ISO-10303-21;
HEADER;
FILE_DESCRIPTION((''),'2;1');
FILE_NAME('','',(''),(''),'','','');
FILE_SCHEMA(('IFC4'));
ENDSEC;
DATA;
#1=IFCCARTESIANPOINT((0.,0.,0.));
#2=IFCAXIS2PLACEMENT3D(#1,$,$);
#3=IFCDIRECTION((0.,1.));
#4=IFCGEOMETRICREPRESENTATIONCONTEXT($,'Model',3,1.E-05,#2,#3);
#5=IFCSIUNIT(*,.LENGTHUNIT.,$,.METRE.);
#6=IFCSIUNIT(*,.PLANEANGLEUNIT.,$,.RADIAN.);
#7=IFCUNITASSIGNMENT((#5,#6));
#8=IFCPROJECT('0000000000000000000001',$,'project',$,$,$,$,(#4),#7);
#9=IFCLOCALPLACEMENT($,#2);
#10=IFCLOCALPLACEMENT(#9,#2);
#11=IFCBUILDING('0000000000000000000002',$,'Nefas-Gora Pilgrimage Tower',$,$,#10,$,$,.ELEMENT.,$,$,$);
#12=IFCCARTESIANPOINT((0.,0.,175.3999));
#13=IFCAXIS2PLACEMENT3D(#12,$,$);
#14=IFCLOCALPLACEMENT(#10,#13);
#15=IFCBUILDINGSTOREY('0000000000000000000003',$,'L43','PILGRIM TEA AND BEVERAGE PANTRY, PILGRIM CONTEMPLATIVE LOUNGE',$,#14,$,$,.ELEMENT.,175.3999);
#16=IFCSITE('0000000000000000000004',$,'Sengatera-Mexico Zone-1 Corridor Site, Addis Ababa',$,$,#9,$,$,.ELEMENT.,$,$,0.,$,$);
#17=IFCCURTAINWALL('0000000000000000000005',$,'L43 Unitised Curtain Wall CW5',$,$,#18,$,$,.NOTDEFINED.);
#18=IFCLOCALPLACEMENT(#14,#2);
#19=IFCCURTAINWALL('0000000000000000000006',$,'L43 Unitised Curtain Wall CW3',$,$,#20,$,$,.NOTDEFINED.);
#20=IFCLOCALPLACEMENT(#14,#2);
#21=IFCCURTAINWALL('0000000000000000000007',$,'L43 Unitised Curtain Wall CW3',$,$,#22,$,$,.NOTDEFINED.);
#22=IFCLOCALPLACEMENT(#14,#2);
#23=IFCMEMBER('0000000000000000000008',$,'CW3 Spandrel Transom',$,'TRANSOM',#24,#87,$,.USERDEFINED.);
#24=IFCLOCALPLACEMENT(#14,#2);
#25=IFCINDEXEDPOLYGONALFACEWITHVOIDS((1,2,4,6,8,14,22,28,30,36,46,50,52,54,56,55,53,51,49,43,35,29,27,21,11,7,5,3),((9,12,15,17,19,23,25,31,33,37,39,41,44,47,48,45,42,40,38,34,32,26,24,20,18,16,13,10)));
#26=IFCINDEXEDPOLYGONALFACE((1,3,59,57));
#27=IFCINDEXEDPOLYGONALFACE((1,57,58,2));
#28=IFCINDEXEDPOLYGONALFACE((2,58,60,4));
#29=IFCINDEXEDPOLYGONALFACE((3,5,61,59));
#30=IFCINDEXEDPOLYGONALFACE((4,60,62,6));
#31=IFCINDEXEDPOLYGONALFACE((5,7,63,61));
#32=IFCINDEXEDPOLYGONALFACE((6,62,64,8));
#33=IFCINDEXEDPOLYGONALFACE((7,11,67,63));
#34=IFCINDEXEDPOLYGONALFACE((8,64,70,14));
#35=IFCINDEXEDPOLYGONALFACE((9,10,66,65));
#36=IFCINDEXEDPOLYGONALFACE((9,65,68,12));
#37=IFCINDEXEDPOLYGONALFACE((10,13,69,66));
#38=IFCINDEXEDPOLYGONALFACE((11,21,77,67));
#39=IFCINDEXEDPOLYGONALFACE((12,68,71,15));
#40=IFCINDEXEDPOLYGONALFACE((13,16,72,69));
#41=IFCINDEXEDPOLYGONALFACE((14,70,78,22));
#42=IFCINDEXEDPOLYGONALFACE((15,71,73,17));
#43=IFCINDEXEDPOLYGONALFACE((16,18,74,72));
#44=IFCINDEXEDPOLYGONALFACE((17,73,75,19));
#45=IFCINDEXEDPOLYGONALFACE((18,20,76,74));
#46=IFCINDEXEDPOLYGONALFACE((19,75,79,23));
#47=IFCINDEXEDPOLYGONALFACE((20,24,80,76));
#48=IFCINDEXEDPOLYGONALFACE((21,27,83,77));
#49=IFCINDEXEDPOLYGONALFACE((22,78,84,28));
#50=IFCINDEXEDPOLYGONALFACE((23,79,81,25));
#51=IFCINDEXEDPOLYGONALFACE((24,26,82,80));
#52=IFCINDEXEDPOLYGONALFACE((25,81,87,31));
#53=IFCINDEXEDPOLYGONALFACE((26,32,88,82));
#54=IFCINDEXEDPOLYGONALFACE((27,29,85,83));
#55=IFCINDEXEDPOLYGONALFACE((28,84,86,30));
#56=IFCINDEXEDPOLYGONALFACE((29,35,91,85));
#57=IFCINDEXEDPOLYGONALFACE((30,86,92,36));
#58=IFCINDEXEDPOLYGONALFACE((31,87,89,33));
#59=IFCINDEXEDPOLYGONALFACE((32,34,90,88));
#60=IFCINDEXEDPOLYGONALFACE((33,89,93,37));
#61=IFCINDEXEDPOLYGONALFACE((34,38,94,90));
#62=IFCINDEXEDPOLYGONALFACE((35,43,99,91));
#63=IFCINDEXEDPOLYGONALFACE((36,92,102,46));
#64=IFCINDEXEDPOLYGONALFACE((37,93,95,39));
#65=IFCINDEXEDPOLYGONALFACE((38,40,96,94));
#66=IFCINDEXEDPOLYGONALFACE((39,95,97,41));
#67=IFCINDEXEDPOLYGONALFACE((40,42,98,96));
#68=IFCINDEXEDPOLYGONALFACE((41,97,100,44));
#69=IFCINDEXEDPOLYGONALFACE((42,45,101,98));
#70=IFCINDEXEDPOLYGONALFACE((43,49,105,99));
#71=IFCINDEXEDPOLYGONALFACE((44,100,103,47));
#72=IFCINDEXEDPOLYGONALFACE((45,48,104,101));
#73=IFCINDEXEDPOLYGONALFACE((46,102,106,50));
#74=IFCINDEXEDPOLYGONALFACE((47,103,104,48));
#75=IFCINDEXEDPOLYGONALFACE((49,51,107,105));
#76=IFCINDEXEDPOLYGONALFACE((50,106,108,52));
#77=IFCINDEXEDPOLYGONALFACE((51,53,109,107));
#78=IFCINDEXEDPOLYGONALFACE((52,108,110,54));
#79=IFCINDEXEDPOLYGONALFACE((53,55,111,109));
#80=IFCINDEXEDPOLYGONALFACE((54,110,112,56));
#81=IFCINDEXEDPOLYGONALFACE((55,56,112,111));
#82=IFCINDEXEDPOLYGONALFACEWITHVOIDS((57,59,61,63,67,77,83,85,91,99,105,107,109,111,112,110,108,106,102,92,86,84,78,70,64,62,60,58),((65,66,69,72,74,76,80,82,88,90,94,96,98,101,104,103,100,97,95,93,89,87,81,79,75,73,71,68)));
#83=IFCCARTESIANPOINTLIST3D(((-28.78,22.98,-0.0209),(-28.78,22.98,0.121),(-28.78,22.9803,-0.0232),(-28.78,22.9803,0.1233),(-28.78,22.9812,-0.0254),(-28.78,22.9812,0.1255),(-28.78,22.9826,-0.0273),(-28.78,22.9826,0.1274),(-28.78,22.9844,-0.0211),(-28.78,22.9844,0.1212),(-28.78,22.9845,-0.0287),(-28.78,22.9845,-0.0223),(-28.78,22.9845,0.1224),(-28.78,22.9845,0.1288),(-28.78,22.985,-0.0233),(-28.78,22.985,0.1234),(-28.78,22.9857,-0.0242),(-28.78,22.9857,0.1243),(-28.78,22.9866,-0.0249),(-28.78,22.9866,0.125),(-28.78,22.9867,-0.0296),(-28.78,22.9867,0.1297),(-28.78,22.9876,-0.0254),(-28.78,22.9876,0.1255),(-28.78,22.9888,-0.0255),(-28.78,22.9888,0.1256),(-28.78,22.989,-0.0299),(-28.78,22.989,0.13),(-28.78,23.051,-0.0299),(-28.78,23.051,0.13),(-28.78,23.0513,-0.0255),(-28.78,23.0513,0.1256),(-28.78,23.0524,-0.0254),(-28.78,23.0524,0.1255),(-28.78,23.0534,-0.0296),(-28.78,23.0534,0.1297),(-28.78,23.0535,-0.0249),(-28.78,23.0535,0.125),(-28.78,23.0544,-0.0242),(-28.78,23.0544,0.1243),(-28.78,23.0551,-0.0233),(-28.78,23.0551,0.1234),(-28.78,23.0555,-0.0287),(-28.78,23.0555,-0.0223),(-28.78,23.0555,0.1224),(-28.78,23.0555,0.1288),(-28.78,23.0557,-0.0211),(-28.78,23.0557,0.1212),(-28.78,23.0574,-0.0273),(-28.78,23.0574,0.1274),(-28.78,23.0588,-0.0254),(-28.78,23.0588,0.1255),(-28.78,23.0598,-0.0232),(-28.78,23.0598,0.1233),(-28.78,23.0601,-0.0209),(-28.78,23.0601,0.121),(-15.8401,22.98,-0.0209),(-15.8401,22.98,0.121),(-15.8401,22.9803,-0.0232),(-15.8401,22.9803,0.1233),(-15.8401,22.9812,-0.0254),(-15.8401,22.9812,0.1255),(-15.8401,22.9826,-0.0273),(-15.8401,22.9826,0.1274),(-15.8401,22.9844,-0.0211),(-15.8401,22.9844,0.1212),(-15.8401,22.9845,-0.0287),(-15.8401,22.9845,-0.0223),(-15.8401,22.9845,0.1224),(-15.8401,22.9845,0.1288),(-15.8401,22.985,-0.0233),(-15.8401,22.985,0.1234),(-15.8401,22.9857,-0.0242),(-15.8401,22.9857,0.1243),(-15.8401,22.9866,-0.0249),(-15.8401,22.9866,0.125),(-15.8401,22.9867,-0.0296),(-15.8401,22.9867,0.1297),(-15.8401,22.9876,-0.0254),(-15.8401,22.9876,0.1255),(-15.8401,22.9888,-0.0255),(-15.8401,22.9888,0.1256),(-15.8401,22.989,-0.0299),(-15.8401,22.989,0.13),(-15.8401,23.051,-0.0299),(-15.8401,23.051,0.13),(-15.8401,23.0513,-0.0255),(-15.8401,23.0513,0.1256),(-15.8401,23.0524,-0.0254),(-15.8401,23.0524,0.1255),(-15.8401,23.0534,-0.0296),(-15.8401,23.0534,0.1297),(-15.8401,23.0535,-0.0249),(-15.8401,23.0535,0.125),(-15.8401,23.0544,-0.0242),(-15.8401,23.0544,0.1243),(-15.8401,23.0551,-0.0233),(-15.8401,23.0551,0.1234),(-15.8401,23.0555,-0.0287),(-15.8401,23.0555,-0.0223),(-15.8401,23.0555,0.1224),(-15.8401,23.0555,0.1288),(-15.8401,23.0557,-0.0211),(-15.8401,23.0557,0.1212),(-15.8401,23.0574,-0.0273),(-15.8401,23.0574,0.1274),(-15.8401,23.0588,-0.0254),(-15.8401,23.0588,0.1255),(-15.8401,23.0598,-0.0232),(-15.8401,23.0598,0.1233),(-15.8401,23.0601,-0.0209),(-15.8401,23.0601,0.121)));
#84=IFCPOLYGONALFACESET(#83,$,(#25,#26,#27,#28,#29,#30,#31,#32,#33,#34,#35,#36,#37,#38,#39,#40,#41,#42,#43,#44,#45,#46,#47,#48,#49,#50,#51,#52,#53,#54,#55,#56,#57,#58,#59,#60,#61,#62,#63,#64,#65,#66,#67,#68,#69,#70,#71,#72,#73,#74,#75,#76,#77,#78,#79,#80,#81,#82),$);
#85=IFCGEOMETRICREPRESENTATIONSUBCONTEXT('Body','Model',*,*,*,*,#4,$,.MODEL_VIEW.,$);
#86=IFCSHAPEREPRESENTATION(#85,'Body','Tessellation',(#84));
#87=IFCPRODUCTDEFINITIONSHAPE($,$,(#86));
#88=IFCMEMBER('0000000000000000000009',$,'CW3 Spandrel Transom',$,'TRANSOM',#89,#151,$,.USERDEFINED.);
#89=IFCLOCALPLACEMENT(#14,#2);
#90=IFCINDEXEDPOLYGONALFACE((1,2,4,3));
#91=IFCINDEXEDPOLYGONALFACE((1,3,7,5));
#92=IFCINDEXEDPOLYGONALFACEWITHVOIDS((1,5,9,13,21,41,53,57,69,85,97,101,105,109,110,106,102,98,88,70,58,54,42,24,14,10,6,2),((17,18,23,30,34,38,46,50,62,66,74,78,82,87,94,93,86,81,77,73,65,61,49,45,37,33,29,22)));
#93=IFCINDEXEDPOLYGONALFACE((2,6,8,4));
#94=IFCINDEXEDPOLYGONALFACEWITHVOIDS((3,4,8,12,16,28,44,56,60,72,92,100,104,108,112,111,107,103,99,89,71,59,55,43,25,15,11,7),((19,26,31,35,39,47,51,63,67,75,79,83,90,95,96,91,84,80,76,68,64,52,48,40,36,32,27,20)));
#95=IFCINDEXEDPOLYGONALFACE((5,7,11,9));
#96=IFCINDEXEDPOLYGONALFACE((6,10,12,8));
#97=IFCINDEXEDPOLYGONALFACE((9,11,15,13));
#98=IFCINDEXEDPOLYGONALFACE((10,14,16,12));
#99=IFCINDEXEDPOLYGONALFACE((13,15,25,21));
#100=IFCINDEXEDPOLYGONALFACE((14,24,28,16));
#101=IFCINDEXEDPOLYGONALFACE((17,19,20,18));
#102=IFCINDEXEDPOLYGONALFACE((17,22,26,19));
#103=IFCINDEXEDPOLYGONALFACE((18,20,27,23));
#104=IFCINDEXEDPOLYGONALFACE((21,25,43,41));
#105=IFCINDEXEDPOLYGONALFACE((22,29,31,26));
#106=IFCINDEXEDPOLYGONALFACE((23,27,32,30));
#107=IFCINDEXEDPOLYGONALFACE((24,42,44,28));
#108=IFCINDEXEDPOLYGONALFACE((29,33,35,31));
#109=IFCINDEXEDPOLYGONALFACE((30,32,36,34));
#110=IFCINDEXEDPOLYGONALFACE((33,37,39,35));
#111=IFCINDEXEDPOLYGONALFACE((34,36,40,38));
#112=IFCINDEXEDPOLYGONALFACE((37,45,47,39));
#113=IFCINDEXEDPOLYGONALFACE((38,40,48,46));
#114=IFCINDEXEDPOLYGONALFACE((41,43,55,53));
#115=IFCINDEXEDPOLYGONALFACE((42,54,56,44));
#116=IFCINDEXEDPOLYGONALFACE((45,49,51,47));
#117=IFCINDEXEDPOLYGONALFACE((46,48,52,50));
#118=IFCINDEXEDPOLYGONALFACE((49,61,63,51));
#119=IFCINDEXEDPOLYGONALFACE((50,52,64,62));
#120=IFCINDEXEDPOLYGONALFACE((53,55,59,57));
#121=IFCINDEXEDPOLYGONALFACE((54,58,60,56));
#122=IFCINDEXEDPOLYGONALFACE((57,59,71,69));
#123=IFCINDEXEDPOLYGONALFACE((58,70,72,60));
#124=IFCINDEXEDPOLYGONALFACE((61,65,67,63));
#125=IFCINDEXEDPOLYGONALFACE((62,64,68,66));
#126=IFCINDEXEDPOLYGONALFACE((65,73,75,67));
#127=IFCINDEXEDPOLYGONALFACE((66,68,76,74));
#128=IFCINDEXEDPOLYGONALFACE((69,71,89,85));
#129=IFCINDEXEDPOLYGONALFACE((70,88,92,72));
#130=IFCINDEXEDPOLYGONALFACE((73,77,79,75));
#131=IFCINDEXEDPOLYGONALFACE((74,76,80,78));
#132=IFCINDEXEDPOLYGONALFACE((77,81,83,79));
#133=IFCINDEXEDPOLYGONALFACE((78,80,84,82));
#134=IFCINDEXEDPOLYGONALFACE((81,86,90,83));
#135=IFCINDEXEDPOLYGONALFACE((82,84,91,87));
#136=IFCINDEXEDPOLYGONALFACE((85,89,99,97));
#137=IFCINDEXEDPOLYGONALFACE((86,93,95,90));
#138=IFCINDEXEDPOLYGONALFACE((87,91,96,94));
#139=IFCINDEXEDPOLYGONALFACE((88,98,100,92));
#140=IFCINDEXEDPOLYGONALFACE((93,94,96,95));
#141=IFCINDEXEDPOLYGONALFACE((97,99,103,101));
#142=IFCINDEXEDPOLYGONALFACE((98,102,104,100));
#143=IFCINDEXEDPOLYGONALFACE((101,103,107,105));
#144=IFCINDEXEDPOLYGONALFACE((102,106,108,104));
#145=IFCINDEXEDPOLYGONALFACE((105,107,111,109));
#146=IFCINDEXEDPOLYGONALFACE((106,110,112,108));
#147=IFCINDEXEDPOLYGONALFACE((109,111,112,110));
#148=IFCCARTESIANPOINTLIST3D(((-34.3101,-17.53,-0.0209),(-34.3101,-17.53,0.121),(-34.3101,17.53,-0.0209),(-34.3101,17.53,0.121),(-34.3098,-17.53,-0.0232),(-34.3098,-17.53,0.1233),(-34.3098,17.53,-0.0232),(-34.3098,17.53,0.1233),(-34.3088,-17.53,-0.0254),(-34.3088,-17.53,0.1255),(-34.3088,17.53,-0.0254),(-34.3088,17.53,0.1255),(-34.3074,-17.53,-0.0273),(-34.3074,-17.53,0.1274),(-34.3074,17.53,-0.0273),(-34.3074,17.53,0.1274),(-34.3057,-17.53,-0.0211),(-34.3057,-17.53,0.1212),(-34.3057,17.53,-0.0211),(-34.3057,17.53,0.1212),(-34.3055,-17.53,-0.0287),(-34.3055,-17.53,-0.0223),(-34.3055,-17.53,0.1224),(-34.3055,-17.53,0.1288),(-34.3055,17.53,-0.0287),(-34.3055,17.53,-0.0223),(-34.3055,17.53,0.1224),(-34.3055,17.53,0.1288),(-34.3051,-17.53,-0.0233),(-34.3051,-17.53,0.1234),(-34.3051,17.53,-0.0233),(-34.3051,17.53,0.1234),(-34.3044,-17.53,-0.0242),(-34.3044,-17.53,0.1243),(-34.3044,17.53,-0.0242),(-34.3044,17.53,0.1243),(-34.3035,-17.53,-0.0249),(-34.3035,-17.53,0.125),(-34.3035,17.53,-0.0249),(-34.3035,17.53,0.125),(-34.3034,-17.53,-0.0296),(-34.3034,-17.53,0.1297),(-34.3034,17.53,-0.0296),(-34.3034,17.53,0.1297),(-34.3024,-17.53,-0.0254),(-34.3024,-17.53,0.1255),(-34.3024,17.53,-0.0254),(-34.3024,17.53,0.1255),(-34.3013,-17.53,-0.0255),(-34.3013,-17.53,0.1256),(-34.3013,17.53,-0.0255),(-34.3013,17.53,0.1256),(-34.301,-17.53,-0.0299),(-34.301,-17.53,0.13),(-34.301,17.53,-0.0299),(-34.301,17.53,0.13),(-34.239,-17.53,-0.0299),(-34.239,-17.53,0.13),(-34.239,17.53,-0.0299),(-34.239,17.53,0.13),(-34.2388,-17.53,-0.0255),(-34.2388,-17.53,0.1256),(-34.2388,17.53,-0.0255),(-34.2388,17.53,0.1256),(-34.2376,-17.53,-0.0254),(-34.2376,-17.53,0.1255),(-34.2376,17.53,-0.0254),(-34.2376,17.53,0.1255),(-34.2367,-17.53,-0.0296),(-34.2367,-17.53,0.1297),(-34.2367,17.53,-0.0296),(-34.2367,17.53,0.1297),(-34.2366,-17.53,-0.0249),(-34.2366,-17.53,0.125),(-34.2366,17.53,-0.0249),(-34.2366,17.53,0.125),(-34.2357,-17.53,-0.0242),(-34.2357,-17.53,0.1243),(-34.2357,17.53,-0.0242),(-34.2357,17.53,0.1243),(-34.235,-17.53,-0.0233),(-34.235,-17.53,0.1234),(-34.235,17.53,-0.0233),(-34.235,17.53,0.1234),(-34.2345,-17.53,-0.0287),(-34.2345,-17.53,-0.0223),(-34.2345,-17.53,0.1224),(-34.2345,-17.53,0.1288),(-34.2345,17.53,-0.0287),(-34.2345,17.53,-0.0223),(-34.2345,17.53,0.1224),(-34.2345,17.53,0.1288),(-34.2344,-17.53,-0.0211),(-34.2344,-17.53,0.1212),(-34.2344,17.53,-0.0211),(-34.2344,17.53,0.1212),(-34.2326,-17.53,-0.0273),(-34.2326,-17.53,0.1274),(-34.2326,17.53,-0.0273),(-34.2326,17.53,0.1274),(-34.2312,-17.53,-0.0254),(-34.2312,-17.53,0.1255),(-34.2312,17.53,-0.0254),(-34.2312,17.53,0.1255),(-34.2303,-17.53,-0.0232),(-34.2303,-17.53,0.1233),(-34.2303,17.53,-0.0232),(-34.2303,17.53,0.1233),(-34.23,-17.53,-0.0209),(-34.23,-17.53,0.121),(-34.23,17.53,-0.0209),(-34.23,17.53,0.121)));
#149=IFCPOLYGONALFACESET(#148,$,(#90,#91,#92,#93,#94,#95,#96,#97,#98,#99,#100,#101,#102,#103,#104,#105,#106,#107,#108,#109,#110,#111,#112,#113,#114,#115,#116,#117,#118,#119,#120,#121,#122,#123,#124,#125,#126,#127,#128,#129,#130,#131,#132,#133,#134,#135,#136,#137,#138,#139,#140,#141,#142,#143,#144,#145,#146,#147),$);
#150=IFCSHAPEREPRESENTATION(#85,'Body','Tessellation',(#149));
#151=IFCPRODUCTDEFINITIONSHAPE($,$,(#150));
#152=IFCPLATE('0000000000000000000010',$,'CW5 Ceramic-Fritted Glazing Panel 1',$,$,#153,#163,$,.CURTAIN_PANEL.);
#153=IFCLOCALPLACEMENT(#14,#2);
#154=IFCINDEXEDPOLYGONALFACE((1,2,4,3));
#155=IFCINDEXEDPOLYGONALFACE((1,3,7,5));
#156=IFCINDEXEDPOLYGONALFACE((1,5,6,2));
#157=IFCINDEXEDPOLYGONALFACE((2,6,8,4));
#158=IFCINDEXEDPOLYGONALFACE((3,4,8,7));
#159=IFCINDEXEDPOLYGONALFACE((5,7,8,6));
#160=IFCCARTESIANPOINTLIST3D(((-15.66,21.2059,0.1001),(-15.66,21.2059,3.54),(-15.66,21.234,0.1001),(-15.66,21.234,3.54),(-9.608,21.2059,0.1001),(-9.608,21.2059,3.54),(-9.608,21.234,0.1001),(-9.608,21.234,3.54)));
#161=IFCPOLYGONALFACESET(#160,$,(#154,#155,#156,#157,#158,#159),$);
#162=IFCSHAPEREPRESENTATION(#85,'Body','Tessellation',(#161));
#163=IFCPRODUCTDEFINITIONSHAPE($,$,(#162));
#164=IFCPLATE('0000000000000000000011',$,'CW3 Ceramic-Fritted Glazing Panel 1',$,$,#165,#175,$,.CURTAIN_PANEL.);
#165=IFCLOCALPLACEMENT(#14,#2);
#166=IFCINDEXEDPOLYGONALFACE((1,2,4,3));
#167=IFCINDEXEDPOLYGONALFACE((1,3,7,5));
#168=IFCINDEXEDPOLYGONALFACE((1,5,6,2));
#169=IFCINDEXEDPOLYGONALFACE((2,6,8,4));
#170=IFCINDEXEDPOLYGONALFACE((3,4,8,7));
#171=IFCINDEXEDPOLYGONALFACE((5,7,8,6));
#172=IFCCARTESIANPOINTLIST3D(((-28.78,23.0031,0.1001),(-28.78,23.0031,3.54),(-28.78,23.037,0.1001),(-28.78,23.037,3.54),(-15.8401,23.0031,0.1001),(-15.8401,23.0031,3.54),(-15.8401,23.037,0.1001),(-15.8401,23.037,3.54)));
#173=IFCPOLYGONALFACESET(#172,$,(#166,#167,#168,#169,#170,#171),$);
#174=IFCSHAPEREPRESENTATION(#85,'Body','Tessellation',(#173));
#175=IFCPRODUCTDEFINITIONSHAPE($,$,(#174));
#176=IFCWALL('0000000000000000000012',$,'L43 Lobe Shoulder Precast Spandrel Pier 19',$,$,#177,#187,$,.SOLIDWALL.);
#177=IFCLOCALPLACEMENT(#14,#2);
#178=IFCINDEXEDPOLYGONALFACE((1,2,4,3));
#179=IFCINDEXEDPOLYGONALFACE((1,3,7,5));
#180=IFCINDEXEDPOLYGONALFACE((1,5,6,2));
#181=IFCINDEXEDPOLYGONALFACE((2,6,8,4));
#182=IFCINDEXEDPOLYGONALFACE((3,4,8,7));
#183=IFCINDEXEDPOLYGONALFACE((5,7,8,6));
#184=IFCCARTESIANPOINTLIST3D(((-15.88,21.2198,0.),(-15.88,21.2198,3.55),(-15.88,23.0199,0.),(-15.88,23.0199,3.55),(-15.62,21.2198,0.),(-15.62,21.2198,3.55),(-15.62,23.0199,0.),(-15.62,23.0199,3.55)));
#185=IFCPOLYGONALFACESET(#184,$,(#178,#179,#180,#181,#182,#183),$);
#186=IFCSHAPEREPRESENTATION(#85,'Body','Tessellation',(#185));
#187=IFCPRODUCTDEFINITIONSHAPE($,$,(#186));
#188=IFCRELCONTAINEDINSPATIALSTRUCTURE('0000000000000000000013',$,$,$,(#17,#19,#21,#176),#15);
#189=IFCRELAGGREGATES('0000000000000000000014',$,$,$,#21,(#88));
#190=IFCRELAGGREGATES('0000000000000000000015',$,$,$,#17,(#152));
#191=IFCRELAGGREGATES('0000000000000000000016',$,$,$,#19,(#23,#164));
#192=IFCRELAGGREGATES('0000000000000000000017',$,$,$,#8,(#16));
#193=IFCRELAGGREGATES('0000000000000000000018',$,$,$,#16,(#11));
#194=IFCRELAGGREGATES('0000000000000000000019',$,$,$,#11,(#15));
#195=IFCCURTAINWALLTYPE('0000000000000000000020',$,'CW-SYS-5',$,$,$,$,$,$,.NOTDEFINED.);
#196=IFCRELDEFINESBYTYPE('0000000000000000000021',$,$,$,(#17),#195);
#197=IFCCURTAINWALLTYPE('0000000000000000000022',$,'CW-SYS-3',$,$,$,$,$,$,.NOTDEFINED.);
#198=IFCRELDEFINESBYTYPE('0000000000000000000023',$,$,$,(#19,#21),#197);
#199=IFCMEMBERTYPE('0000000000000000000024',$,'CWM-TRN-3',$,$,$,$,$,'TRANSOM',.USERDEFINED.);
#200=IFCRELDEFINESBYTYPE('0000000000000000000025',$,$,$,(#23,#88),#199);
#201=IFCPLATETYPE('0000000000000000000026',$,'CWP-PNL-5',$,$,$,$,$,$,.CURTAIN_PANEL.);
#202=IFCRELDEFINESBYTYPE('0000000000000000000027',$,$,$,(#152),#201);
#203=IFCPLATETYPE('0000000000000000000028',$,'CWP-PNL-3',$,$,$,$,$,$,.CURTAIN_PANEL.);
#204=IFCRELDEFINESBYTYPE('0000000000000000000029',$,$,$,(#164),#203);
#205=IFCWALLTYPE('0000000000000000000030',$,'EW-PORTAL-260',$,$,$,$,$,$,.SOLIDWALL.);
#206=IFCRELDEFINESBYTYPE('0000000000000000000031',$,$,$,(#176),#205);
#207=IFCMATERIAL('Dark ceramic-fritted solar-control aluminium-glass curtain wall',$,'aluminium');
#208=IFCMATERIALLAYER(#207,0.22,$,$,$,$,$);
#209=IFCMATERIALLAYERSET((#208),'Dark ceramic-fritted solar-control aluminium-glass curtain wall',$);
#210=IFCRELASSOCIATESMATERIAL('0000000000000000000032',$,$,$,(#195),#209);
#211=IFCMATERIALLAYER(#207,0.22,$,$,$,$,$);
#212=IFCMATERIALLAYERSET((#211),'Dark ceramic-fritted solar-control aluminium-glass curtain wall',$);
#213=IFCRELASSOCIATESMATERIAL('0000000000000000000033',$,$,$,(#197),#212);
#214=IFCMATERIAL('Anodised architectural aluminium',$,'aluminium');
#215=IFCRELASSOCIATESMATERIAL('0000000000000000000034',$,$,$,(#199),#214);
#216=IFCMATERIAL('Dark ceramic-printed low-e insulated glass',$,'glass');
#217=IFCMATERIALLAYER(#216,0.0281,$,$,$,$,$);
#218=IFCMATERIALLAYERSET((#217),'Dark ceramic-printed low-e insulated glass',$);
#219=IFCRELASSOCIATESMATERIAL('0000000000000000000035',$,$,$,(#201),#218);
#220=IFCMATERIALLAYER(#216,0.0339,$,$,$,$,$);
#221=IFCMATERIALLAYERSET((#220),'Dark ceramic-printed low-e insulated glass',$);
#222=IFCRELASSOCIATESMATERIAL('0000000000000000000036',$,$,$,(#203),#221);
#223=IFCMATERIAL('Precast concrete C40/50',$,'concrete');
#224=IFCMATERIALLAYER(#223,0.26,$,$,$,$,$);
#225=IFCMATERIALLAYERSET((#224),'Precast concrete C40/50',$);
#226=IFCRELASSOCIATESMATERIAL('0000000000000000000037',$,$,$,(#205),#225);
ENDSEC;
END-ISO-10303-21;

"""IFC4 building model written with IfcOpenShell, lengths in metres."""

from ifc_helpers import new_model, si_unit, direction, frame, frame_2d, origin, origin_2d, place, context, subcontext, project, spatial, rectangle, hollow_rectangle, extrude, source, transform, mapped, material, layer, layer_set, material_profile, profile_set, type_object, element, aggregate, save


model = new_model("IFC4")

# Units and contexts
model_context = context("Model", 3, precision=1e-05, world=origin(), true_north=direction((0.0, 1.0)))
body_context = subcontext(model_context, "Body", "Model", "MODEL_VIEW")
ifc_project = project(units=[si_unit("LENGTHUNIT", "METRE"), si_unit("PLANEANGLEUNIT", "RADIAN")], contexts=[model_context])

# Site, building, storey
site_placement = place(None, origin())
site = spatial("IfcSite", under=ifc_project, at=site_placement, Name="Sengatera-Mexico Zone-1 Corridor Site, Addis Ababa", CompositionType="ELEMENT", RefElevation=0.0)
building_placement = place(site_placement, origin())
building = spatial("IfcBuilding", under=site, at=building_placement, Name="Nefas-Gora Pilgrimage Tower", CompositionType="ELEMENT")
storey_placement = place(building_placement, frame((0.0, 0.0, 175.3999)))
storey = spatial("IfcBuildingStorey", under=building, at=storey_placement, Name="L43", Description="PILGRIM TEA AND BEVERAGE PANTRY, PILGRIM CONTEMPLATIVE LOUNGE", CompositionType="ELEMENT", Elevation=175.3999)

# Curtain wall
ifc_material_1 = material(Name="Dark ceramic-fritted solar-control aluminium-glass curtain wall", Category="aluminium")
ifc_layer_1 = layer(ifc_material_1, 0.22)
ifc_layer_set_1 = layer_set([ifc_layer_1], Name="Dark ceramic-fritted solar-control aluminium-glass curtain wall")
curtain_wall_type_1 = type_object("IfcCurtainWallType", Name="CW-SYS-5", PredefinedType="NOTDEFINED", material=ifc_layer_set_1)
curtain_wall_1_placement = place(storey_placement, origin())
curtain_wall_1 = element("IfcCurtainWall", 1, at=curtain_wall_1_placement, inside=storey, type_object=curtain_wall_type_1, Name="L43 Unitised Curtain Wall CW5", PredefinedType="NOTDEFINED")
ifc_material_2 = material(Name="Anodised architectural aluminium", Category="aluminium")

# Curtain wall
ifc_layer_2 = layer(ifc_material_1, 0.22)
ifc_layer_set_2 = layer_set([ifc_layer_2], Name="Dark ceramic-fritted solar-control aluminium-glass curtain wall")
curtain_wall_type_2 = type_object("IfcCurtainWallType", Name="CW-SYS-3", PredefinedType="NOTDEFINED", material=ifc_layer_set_2)
curtain_wall_2_placement = place(storey_placement, origin())
curtain_wall_2 = element("IfcCurtainWall", 2, at=curtain_wall_2_placement, inside=storey, type_object=curtain_wall_type_2, Name="L43 Unitised Curtain Wall CW3", PredefinedType="NOTDEFINED")

# Curtain wall
curtain_wall_3_placement = place(storey_placement, origin())
curtain_wall_3 = element("IfcCurtainWall", 3, at=curtain_wall_3_placement, inside=storey, type_object=curtain_wall_type_2, Name="L43 Unitised Curtain Wall CW3", PredefinedType="NOTDEFINED")

# Members
ifc_material_profile_1 = material_profile(ifc_material_2, hollow_rectangle(XDim=0.0801, YDim=0.1599, WallThickness=0.0044, InnerFilletRadius=0.0044, OuterFilletRadius=0.009, at=origin_2d()), Name="ALU TRANSOM 80x160")
ifc_profile_set_1 = profile_set([ifc_material_profile_1], Name="Anodised architectural aluminium")
member_type_1 = type_object("IfcMemberType", Name="CWM-TRN-3", ElementType="TRANSOM", PredefinedType="USERDEFINED", material=ifc_profile_set_1)
shared_shape_1 = source(origin(), body_context, "Body", "SweptSolid", [
    extrude(hollow_rectangle(XDim=0.0801, YDim=0.1599, WallThickness=0.0044, InnerFilletRadius=0.0044, OuterFilletRadius=0.009, at=origin_2d()), origin(), (0.0, 0.0, 1.0), 12.9399),
])
member_1_placement = place(storey_placement, frame((-15.8401, 23.02, 0.05), z_axis=(-1.0, 0.0, 0.0), x_axis=(0.0, -1.0, 0.0)))
member_1 = element("IfcMember", 4, at=member_1_placement, type_object=member_type_1, Name="CW3 Spandrel Transom", ObjectType="TRANSOM", PredefinedType="USERDEFINED", context=body_context, shape_type="MappedRepresentation", body=[
    mapped(shared_shape_1, transform((0.0, 0.0, 0.0), x_axis=(1.0, 0.0, 0.0), y_axis=(0.0, 1.0, 0.0), z_axis=(0.0, 0.0, 1.0), scale=1.0)),
])
shared_shape_2 = source(origin(), body_context, "Body", "SweptSolid", [
    extrude(hollow_rectangle(XDim=0.0801, YDim=0.1599, WallThickness=0.0044, InnerFilletRadius=0.0044, OuterFilletRadius=0.009, at=origin_2d()), origin(), (0.0, 0.0, 1.0), 35.0601),
])
member_2_placement = place(storey_placement, frame((-34.27, 17.53, 0.05), z_axis=(0.0, -1.0, 0.0), x_axis=(1.0, 0.0, 0.0)))
member_2 = element("IfcMember", 5, at=member_2_placement, type_object=member_type_1, Name="CW3 Spandrel Transom", ObjectType="TRANSOM", PredefinedType="USERDEFINED", context=body_context, shape_type="MappedRepresentation", body=[
    mapped(shared_shape_2, transform((0.0, 0.0, 0.0), x_axis=(1.0, 0.0, 0.0), y_axis=(0.0, 1.0, 0.0), z_axis=(0.0, 0.0, 1.0), scale=1.0)),
])
aggregate(curtain_wall_3, [member_2])

# Plates
ifc_material_3 = material(Name="Dark ceramic-printed low-e insulated glass", Category="glass")
ifc_layer_3 = layer(ifc_material_3, 0.0281)
ifc_layer_set_3 = layer_set([ifc_layer_3], Name="Dark ceramic-printed low-e insulated glass")
plate_type_1 = type_object("IfcPlateType", Name="CWP-PNL-5", PredefinedType="CURTAIN_PANEL", material=ifc_layer_set_3)
shared_shape_3 = source(origin(), body_context, "Body", "SweptSolid", [
    extrude(rectangle(XDim=6.052, YDim=0.0281, at=origin_2d()), origin(), (0.0, 0.0, 1.0), 3.4399),
])
plate_1_placement = place(storey_placement, frame((-12.634, 21.22, 0.1001), z_axis=(0.0, 0.0, 1.0), x_axis=(-1.0, 0.0, 0.0)))
plate_1 = element("IfcPlate", 6, at=plate_1_placement, type_object=plate_type_1, Name="CW5 Ceramic-Fritted Glazing Panel 1", PredefinedType="CURTAIN_PANEL", context=body_context, shape_type="MappedRepresentation", body=[
    mapped(shared_shape_3, transform((0.0, 0.0, 0.0), x_axis=(1.0, 0.0, 0.0), y_axis=(0.0, 1.0, 0.0), z_axis=(0.0, 0.0, 1.0), scale=1.0)),
])
aggregate(curtain_wall_1, [plate_1])
ifc_layer_4 = layer(ifc_material_3, 0.0339)
ifc_layer_set_4 = layer_set([ifc_layer_4], Name="Dark ceramic-printed low-e insulated glass")
plate_type_2 = type_object("IfcPlateType", Name="CWP-PNL-3", PredefinedType="CURTAIN_PANEL", material=ifc_layer_set_4)
shared_shape_4 = source(origin(), body_context, "Body", "SweptSolid", [
    extrude(rectangle(XDim=12.9399, YDim=0.0339, at=origin_2d()), origin(), (0.0, 0.0, 1.0), 3.4399),
])
plate_2_placement = place(storey_placement, frame((-22.3101, 23.02, 0.1001), z_axis=(0.0, 0.0, 1.0), x_axis=(-1.0, 0.0, 0.0)))
plate_2 = element("IfcPlate", 7, at=plate_2_placement, type_object=plate_type_2, Name="CW3 Ceramic-Fritted Glazing Panel 1", PredefinedType="CURTAIN_PANEL", context=body_context, shape_type="MappedRepresentation", body=[
    mapped(shared_shape_4, transform((0.0, 0.0, 0.0), x_axis=(1.0, 0.0, 0.0), y_axis=(0.0, 1.0, 0.0), z_axis=(0.0, 0.0, 1.0), scale=1.0)),
])
aggregate(curtain_wall_2, [member_1, plate_2])

# Wall
ifc_material_4 = material(Name="Precast concrete C40/50", Category="concrete")
ifc_layer_5 = layer(ifc_material_4, 0.26)
ifc_layer_set_5 = layer_set([ifc_layer_5], Name="Precast concrete C40/50")
wall_type_1 = type_object("IfcWallType", Name="EW-PORTAL-260", PredefinedType="SOLIDWALL", material=ifc_layer_set_5)
shared_shape_5 = source(origin(), body_context, "Body", "SweptSolid", [
    extrude(rectangle(XDim=1.8, YDim=0.26, at=frame_2d((0.8999, 0.0))), origin(), (0.0, 0.0, 1.0), 3.55),
])
wall_1_placement = place(storey_placement, frame((-15.75, 21.22, 0.0), z_axis=(0.0, 0.0, 1.0), x_axis=(0.0, 1.0, 0.0)))
element("IfcWall", 8, at=wall_1_placement, inside=storey, type_object=wall_type_1, Name="L43 Lobe Shoulder Precast Spandrel Pier 19", PredefinedType="SOLIDWALL", context=body_context, shape_type="MappedRepresentation", body=[
    mapped(shared_shape_5, transform((0.0, 0.0, 0.0), x_axis=(1.0, 0.0, 0.0), y_axis=(0.0, 1.0, 0.0), z_axis=(0.0, 0.0, 1.0), scale=1.0)),
])

save(model, "model.ifc")
